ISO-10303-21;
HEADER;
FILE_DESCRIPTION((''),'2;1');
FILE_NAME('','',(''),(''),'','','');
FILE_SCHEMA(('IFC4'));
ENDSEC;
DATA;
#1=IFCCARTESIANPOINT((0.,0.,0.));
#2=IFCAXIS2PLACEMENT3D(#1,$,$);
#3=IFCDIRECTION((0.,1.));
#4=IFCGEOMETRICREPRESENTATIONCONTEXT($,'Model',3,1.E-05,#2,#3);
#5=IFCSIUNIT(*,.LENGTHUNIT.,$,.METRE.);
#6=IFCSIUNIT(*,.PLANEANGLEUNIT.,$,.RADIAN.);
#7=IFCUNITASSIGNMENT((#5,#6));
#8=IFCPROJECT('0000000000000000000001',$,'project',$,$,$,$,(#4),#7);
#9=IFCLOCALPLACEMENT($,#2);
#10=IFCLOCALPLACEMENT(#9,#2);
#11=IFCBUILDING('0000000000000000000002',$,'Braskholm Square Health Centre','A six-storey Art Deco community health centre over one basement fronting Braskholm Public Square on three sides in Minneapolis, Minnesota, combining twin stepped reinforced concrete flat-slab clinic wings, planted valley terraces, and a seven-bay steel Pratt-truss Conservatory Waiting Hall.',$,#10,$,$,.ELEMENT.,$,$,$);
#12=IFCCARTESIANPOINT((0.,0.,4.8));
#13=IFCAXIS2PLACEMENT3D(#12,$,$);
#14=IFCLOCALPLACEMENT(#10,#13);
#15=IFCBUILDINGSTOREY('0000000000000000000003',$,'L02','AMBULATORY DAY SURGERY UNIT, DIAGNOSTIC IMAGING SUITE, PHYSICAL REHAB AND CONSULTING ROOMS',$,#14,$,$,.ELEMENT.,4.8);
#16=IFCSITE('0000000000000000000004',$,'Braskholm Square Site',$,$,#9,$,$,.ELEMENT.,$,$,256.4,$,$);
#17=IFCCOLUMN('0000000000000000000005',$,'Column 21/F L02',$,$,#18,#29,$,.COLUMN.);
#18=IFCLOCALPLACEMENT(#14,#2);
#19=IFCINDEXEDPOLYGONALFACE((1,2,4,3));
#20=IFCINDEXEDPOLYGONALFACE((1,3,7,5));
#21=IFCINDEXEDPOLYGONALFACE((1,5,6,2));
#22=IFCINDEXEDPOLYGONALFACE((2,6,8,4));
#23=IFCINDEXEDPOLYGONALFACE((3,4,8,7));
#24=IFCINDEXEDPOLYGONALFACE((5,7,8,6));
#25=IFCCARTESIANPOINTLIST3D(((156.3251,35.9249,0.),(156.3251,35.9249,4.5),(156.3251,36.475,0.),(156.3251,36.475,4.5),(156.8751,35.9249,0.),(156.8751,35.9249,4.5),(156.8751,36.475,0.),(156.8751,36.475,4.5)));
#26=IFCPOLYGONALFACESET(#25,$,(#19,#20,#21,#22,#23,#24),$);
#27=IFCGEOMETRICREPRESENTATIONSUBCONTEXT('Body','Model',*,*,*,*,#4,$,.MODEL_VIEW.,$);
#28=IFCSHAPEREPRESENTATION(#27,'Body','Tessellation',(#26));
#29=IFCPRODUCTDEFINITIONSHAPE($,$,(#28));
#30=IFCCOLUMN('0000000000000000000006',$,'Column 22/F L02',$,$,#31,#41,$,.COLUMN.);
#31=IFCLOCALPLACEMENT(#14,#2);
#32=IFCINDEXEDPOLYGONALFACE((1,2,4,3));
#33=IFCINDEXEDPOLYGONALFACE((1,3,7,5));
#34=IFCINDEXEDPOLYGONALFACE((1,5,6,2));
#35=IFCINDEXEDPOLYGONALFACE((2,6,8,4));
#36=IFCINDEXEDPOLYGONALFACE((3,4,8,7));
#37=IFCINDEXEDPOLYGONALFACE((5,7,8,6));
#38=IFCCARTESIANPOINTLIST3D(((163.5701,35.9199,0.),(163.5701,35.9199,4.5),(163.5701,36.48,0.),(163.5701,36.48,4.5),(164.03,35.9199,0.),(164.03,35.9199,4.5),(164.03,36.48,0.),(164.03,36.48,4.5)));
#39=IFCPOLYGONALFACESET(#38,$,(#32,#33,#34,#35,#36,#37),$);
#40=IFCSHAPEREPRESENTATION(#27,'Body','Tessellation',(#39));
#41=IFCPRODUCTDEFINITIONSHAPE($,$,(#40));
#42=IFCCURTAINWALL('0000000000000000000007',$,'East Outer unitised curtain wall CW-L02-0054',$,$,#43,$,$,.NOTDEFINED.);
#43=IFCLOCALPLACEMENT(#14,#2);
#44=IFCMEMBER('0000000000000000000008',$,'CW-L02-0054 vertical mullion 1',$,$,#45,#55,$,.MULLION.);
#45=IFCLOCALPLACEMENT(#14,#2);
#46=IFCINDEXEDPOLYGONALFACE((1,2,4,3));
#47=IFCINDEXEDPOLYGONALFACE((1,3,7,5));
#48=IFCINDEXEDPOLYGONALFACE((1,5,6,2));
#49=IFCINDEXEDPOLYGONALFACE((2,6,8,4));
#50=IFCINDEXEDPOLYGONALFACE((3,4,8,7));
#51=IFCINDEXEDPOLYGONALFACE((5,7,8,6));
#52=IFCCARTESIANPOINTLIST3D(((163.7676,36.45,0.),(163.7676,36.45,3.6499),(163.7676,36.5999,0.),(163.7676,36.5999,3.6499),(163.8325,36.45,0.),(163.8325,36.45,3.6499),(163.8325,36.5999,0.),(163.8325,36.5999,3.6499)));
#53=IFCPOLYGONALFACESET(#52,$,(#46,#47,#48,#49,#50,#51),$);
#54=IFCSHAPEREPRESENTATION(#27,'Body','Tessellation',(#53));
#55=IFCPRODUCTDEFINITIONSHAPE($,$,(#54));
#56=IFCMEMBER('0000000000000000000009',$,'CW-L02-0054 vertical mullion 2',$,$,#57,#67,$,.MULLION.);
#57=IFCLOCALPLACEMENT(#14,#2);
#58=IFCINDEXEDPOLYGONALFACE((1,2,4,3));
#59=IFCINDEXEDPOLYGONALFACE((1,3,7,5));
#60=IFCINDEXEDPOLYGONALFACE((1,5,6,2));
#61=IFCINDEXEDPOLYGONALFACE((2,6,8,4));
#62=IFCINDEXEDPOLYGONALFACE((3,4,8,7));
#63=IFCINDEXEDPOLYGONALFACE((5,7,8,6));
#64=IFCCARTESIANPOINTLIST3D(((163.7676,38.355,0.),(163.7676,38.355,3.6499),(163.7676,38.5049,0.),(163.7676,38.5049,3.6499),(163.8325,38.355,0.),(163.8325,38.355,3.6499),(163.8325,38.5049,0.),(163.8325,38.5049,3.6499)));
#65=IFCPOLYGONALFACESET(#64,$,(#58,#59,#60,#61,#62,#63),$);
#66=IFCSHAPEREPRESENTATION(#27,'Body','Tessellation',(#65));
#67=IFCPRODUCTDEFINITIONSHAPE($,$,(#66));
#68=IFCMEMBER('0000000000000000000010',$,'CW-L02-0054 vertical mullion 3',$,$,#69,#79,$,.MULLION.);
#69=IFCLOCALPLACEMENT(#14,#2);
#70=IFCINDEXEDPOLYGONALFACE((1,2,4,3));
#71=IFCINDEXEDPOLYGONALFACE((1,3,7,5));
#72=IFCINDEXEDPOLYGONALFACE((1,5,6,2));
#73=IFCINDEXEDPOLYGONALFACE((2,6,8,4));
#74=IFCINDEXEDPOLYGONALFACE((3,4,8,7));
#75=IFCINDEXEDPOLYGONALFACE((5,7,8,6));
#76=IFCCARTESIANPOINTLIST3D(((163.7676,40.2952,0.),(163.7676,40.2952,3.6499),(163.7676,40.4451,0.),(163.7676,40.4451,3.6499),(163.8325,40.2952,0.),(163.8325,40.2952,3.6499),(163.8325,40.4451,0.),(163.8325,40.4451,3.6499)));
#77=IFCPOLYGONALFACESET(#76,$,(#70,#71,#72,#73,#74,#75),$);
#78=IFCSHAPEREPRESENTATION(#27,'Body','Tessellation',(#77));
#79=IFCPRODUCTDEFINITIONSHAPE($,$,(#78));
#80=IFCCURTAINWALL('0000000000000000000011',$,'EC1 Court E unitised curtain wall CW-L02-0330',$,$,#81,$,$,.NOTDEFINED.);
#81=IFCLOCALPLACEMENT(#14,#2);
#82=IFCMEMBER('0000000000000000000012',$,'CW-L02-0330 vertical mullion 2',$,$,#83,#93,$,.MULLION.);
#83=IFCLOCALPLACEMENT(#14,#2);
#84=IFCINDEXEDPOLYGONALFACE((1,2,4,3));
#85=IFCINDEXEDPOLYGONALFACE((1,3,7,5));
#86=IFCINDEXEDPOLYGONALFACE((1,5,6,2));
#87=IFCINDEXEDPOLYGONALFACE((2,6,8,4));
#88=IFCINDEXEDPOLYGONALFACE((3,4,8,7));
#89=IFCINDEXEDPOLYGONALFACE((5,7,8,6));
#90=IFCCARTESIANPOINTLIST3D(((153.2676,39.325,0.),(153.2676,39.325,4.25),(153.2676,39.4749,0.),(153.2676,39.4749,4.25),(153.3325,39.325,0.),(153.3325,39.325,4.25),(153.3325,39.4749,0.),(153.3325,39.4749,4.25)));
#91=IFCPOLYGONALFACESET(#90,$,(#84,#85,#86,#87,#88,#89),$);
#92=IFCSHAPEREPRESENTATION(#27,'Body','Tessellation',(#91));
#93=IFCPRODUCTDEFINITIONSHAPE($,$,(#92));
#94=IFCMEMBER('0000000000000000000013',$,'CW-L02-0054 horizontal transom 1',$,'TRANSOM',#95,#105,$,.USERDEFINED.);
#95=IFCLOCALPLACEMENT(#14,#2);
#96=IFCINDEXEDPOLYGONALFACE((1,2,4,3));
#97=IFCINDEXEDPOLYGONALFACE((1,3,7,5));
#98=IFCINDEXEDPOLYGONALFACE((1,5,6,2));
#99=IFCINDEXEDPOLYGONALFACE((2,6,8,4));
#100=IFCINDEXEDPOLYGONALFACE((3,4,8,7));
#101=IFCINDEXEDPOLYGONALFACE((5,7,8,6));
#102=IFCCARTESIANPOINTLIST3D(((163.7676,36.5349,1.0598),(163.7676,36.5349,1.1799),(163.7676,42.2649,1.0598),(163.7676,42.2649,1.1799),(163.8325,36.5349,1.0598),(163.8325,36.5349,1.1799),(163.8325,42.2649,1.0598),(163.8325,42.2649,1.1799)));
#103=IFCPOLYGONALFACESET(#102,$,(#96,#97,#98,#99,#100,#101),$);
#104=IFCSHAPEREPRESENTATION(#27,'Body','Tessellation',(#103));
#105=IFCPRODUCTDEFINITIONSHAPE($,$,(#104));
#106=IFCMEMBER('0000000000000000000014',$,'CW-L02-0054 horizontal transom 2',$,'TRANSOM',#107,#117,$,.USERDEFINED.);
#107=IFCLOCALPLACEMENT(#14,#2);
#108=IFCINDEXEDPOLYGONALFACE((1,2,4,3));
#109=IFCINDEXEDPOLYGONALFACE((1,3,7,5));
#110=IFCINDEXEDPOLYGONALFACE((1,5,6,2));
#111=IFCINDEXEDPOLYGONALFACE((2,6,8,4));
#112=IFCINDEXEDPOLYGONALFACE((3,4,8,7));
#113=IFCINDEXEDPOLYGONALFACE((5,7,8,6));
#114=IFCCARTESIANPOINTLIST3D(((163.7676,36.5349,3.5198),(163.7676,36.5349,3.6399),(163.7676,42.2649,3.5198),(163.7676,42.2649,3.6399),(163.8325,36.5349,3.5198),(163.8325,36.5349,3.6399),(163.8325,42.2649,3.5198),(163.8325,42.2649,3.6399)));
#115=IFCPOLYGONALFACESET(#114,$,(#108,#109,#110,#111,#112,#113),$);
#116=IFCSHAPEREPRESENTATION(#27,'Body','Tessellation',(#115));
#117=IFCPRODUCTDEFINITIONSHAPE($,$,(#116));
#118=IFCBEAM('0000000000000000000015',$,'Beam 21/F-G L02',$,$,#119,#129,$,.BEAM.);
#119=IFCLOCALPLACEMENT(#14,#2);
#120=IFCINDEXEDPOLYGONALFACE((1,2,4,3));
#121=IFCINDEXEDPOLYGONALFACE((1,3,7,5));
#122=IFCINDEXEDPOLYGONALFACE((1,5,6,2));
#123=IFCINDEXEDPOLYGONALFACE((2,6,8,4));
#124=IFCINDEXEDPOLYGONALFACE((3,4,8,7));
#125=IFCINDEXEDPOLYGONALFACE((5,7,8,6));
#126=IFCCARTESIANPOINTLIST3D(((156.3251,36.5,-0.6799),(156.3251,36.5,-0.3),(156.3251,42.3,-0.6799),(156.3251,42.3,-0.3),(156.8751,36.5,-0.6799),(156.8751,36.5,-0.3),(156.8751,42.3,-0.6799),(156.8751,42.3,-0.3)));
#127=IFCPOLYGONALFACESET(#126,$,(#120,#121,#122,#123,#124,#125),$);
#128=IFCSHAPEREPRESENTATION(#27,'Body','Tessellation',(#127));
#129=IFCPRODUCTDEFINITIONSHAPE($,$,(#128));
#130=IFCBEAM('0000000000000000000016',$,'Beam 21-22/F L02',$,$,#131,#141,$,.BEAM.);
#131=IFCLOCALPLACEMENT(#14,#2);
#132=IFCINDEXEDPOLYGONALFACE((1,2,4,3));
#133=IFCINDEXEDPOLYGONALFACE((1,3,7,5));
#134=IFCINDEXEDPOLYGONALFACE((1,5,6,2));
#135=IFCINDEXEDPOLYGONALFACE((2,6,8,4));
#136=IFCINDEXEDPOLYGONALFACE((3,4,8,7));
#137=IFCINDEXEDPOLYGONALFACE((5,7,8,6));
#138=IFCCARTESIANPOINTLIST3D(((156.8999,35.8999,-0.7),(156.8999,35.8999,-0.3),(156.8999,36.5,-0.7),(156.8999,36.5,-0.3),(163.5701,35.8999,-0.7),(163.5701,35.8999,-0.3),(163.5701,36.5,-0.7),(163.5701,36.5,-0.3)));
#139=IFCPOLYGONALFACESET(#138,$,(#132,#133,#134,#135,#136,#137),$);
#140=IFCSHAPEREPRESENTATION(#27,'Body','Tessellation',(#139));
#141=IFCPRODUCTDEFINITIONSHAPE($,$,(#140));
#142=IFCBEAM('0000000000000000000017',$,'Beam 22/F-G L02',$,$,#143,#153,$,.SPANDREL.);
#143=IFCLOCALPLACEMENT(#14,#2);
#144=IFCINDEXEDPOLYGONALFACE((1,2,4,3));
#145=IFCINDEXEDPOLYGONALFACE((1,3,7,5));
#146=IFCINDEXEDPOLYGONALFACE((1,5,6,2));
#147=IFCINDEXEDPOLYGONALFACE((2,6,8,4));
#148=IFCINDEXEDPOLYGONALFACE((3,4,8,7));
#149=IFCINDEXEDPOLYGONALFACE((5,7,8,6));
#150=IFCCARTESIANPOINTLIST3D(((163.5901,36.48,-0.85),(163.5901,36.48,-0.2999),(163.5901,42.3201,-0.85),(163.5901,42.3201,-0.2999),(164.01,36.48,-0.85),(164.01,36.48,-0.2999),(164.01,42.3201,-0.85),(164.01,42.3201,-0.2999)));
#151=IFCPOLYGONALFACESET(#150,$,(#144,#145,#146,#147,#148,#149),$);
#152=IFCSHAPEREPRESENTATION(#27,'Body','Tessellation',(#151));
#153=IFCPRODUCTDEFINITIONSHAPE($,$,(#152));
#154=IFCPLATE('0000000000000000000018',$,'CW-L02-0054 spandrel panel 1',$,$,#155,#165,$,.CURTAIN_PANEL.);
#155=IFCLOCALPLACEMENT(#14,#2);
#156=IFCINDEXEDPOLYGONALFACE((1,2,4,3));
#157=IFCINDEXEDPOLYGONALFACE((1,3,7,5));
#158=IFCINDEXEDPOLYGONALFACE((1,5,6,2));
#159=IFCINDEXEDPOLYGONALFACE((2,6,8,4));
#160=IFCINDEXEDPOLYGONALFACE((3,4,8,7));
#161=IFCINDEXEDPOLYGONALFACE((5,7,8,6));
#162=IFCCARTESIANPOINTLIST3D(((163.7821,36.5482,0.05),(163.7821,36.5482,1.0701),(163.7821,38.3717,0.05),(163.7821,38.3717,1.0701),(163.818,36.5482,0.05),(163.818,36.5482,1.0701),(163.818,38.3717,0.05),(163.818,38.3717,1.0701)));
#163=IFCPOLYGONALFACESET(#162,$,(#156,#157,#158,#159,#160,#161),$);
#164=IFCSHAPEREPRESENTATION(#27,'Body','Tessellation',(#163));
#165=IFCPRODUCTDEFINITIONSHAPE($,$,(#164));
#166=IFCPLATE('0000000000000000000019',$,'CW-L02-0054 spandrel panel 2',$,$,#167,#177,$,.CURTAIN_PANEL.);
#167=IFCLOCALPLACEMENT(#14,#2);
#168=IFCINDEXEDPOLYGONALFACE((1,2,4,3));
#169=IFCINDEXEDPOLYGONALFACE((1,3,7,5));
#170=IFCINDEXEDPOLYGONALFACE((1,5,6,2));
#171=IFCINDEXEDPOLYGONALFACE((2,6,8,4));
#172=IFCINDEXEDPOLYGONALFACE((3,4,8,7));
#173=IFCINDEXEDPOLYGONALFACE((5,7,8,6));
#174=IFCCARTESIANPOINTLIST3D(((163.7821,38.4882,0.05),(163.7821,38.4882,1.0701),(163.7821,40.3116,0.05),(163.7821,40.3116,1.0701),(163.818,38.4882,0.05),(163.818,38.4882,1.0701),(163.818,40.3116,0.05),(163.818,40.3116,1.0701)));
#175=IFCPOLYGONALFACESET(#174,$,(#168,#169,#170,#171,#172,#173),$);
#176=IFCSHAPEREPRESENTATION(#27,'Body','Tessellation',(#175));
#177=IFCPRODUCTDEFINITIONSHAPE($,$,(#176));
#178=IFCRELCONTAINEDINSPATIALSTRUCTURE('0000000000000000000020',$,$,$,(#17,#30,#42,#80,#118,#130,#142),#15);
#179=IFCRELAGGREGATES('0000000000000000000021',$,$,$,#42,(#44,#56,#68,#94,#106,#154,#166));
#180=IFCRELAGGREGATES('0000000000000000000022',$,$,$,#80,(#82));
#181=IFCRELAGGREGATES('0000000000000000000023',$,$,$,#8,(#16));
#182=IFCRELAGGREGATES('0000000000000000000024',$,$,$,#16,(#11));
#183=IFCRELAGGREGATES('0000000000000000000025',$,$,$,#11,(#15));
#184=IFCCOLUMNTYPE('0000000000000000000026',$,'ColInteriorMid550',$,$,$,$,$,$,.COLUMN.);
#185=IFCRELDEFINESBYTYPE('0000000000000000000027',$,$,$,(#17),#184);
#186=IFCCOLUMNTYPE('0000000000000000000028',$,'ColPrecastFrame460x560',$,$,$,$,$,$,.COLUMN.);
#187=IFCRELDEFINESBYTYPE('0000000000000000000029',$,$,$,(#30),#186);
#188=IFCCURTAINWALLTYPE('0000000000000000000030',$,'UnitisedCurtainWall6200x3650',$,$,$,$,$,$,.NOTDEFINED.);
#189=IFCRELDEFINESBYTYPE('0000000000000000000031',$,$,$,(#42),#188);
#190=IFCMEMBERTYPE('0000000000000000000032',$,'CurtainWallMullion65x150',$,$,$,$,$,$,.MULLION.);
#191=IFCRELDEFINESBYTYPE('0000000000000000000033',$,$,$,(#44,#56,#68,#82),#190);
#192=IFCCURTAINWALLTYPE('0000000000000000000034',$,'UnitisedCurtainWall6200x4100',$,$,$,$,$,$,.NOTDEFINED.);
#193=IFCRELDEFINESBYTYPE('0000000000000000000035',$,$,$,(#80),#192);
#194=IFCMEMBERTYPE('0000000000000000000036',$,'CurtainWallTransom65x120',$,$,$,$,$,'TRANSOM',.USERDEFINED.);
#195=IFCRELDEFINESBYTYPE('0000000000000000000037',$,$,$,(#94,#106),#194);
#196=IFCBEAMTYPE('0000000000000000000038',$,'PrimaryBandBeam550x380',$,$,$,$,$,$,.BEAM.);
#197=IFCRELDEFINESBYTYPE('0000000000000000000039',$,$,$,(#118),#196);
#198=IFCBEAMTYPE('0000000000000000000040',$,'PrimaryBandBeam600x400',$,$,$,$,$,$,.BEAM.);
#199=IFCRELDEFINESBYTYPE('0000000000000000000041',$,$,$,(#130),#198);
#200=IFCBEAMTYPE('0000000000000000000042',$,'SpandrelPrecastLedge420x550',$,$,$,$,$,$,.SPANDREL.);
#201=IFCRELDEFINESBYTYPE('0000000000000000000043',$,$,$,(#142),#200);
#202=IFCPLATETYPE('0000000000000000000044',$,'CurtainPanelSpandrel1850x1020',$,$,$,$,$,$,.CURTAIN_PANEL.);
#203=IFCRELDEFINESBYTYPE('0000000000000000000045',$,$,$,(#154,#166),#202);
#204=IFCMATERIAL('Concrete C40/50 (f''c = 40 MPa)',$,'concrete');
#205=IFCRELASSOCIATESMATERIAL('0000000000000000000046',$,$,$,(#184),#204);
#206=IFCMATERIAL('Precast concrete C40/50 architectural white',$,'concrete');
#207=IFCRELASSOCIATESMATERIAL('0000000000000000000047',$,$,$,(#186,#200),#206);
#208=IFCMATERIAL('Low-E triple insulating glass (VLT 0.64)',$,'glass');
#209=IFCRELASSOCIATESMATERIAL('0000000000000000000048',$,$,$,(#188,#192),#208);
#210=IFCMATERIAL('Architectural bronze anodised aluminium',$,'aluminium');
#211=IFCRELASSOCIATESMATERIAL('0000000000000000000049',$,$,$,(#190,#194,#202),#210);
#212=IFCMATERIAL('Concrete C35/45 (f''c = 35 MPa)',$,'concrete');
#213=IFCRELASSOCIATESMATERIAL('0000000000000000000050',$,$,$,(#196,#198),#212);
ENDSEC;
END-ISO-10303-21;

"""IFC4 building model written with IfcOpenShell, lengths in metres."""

from ifc_helpers import new_model, si_unit, direction, frame, origin, origin_2d, place, context, subcontext, project, spatial, rectangle, extrude, material, material_profile, profile_set, type_object, element, aggregate, save


model = new_model("IFC4")

# Units and contexts
model_context = context("Model", 3, precision=1e-05, world=origin(), true_north=direction((0.0, 1.0)))
body_context = subcontext(model_context, "Body", "Model", "MODEL_VIEW")
ifc_project = project(units=[si_unit("LENGTHUNIT", "METRE"), si_unit("PLANEANGLEUNIT", "RADIAN")], contexts=[model_context])

# Site, building, storey
site_placement = place(None, origin())
site = spatial("IfcSite", under=ifc_project, at=site_placement, Name="Braskholm Square Site", CompositionType="ELEMENT", RefElevation=256.4)
building_placement = place(site_placement, origin())
building = spatial("IfcBuilding", under=site, at=building_placement, Name="Braskholm Square Health Centre", Description="A six-storey Art Deco community health centre over one basement fronting Braskholm Public Square on three sides in Minneapolis, Minnesota, combining twin stepped reinforced concrete flat-slab clinic wings, planted valley terraces, and a seven-bay steel Pratt-truss Conservatory Waiting Hall.", CompositionType="ELEMENT")
storey_placement = place(building_placement, frame((0.0, 0.0, 4.8)))
storey = spatial("IfcBuildingStorey", under=building, at=storey_placement, Name="L02", Description="AMBULATORY DAY SURGERY UNIT, DIAGNOSTIC IMAGING SUITE, PHYSICAL REHAB AND CONSULTING ROOMS", CompositionType="ELEMENT", Elevation=4.8)

# Columns
ifc_material_1 = material(Name="Concrete C40/50 (f'c = 40 MPa)", Category="concrete")
ifc_material_profile_1 = material_profile(ifc_material_1, rectangle(XDim=0.55, YDim=0.55, at=origin_2d()), Name="RC-550X550")
ifc_profile_set_1 = profile_set([ifc_material_profile_1], Name="Concrete C40/50 (f'c = 40 MPa)")
column_type_1 = type_object("IfcColumnType", Name="ColInteriorMid550", PredefinedType="COLUMN", material=ifc_profile_set_1)
column_1_placement = place(storey_placement, frame((156.6001, 36.2, 0.0), z_axis=(0.0, 0.0, 1.0), x_axis=(1.0, 0.0, 0.0)))
element("IfcColumn", 1, at=column_1_placement, inside=storey, type_object=column_type_1, Name="Column 21/F L02", PredefinedType="COLUMN", context=body_context, shape_type="SweptSolid", body=[
    extrude(rectangle(XDim=0.55, YDim=0.55, at=origin_2d()), origin(), (0.0, 0.0, 1.0), 4.5),
])
ifc_material_2 = material(Name="Precast concrete C40/50 architectural white", Category="concrete")
ifc_material_profile_2 = material_profile(ifc_material_2, rectangle(XDim=0.46, YDim=0.5601, at=origin_2d()), Name="RC-460X560")
ifc_profile_set_2 = profile_set([ifc_material_profile_2], Name="Precast concrete C40/50 architectural white")
column_type_2 = type_object("IfcColumnType", Name="ColPrecastFrame460x560", PredefinedType="COLUMN", material=ifc_profile_set_2)
column_2_placement = place(storey_placement, frame((163.8, 36.2, 0.0), z_axis=(0.0, 0.0, 1.0), x_axis=(1.0, 0.0, 0.0)))
element("IfcColumn", 2, at=column_2_placement, inside=storey, type_object=column_type_2, Name="Column 22/F L02", PredefinedType="COLUMN", context=body_context, shape_type="SweptSolid", body=[
    extrude(rectangle(XDim=0.46, YDim=0.5601, at=origin_2d()), origin(), (0.0, 0.0, 1.0), 4.5),
])

# Curtain wall, members
ifc_material_3 = material(Name="Low-E triple insulating glass (VLT 0.64)", Category="glass")
curtain_wall_type_1 = type_object("IfcCurtainWallType", Name="UnitisedCurtainWall6200x3650", PredefinedType="NOTDEFINED", material=ifc_material_3)
curtain_wall_1_placement = place(storey_placement, origin())
curtain_wall_1 = element("IfcCurtainWall", 3, at=curtain_wall_1_placement, inside=storey, type_object=curtain_wall_type_1, Name="East Outer unitised curtain wall CW-L02-0054", PredefinedType="NOTDEFINED")
ifc_material_4 = material(Name="Architectural bronze anodised aluminium", Category="aluminium")
ifc_material_profile_3 = material_profile(ifc_material_4, rectangle(XDim=0.0649, YDim=0.1499, at=origin_2d()), Name="ALU-65X150")
ifc_profile_set_3 = profile_set([ifc_material_profile_3], Name="Architectural bronze anodised aluminium")
member_type_1 = type_object("IfcMemberType", Name="CurtainWallMullion65x150", PredefinedType="MULLION", material=ifc_profile_set_3)
member_1_placement = place(storey_placement, frame((163.8, 36.5249, 0.0), z_axis=(0.0, 0.0, 1.0), x_axis=(1.0, 0.0, 0.0)))
member_1 = element("IfcMember", 4, at=member_1_placement, type_object=member_type_1, Name="CW-L02-0054 vertical mullion 1", PredefinedType="MULLION", context=body_context, shape_type="SweptSolid", body=[
    extrude(rectangle(XDim=0.0649, YDim=0.1499, at=origin_2d()), origin(), (0.0, 0.0, 1.0), 3.6499),
])
member_2_placement = place(storey_placement, frame((163.8, 38.4299, 0.0), z_axis=(0.0, 0.0, 1.0), x_axis=(1.0, 0.0, 0.0)))
member_2 = element("IfcMember", 5, at=member_2_placement, type_object=member_type_1, Name="CW-L02-0054 vertical mullion 2", PredefinedType="MULLION", context=body_context, shape_type="SweptSolid", body=[
    extrude(rectangle(XDim=0.0649, YDim=0.1499, at=origin_2d()), origin(), (0.0, 0.0, 1.0), 3.6499),
])
member_3_placement = place(storey_placement, frame((163.8, 40.3701, 0.0), z_axis=(0.0, 0.0, 1.0), x_axis=(1.0, 0.0, 0.0)))
member_3 = element("IfcMember", 6, at=member_3_placement, type_object=member_type_1, Name="CW-L02-0054 vertical mullion 3", PredefinedType="MULLION", context=body_context, shape_type="SweptSolid", body=[
    extrude(rectangle(XDim=0.0649, YDim=0.1499, at=origin_2d()), origin(), (0.0, 0.0, 1.0), 3.6499),
])

# Curtain wall, member
curtain_wall_type_2 = type_object("IfcCurtainWallType", Name="UnitisedCurtainWall6200x4100", PredefinedType="NOTDEFINED", material=ifc_material_3)
curtain_wall_2_placement = place(storey_placement, origin())
curtain_wall_2 = element("IfcCurtainWall", 7, at=curtain_wall_2_placement, inside=storey, type_object=curtain_wall_type_2, Name="EC1 Court E unitised curtain wall CW-L02-0330", PredefinedType="NOTDEFINED")
member_4_placement = place(storey_placement, frame((153.3, 39.3999, 0.0), z_axis=(0.0, 0.0, 1.0), x_axis=(1.0, 0.0, 0.0)))
member_4 = element("IfcMember", 8, at=member_4_placement, type_object=member_type_1, Name="CW-L02-0330 vertical mullion 2", PredefinedType="MULLION", context=body_context, shape_type="SweptSolid", body=[
    extrude(rectangle(XDim=0.0649, YDim=0.1499, at=origin_2d()), origin(), (0.0, 0.0, 1.0), 4.25),
])

# Members
ifc_material_profile_4 = material_profile(ifc_material_4, rectangle(XDim=0.0649, YDim=0.1201, at=origin_2d()), Name="ALU-65X120")
ifc_profile_set_4 = profile_set([ifc_material_profile_4], Name="Architectural bronze anodised aluminium")
member_type_2 = type_object("IfcMemberType", Name="CurtainWallTransom65x120", ElementType="TRANSOM", PredefinedType="USERDEFINED", material=ifc_profile_set_4)
member_5_placement = place(storey_placement, frame((163.8, 36.5349, 1.1199), z_axis=(0.0, 1.0, 0.0), x_axis=(-1.0, 0.0, 0.0)))
member_5 = element("IfcMember", 9, at=member_5_placement, type_object=member_type_2, Name="CW-L02-0054 horizontal transom 1", ObjectType="TRANSOM", PredefinedType="USERDEFINED", context=body_context, shape_type="SweptSolid", body=[
    extrude(rectangle(XDim=0.0649, YDim=0.1201, at=origin_2d()), origin(), (0.0, 0.0, 1.0), 5.73),
])
member_6_placement = place(storey_placement, frame((163.8, 36.5349, 3.5798), z_axis=(0.0, 1.0, 0.0), x_axis=(-1.0, 0.0, 0.0)))
member_6 = element("IfcMember", 10, at=member_6_placement, type_object=member_type_2, Name="CW-L02-0054 horizontal transom 2", ObjectType="TRANSOM", PredefinedType="USERDEFINED", context=body_context, shape_type="SweptSolid", body=[
    extrude(rectangle(XDim=0.0649, YDim=0.1201, at=origin_2d()), origin(), (0.0, 0.0, 1.0), 5.73),
])

# Beams
ifc_material_5 = material(Name="Concrete C35/45 (f'c = 35 MPa)", Category="concrete")
ifc_material_profile_5 = material_profile(ifc_material_5, rectangle(XDim=0.55, YDim=0.3799, at=origin_2d()), Name="RCB-550X380")
ifc_profile_set_5 = profile_set([ifc_material_profile_5], Name="Concrete C35/45 (f'c = 35 MPa)")
beam_type_1 = type_object("IfcBeamType", Name="PrimaryBandBeam550x380", PredefinedType="BEAM", material=ifc_profile_set_5)
beam_1_placement = place(storey_placement, frame((156.6001, 36.5, -0.49), z_axis=(0.0, 1.0, 0.0), x_axis=(-1.0, 0.0, 0.0)))
element("IfcBeam", 11, at=beam_1_placement, inside=storey, type_object=beam_type_1, Name="Beam 21/F-G L02", PredefinedType="BEAM", context=body_context, shape_type="SweptSolid", body=[
    extrude(rectangle(XDim=0.55, YDim=0.3799, at=origin_2d()), origin(), (0.0, 0.0, 1.0), 5.8),
])
ifc_material_profile_6 = material_profile(ifc_material_5, rectangle(XDim=0.6001, YDim=0.3999, at=origin_2d()), Name="RCB-600X400")
ifc_profile_set_6 = profile_set([ifc_material_profile_6], Name="Concrete C35/45 (f'c = 35 MPa)")
beam_type_2 = type_object("IfcBeamType", Name="PrimaryBandBeam600x400", PredefinedType="BEAM", material=ifc_profile_set_6)
beam_2_placement = place(storey_placement, frame((156.8999, 36.2, -0.5), z_axis=(1.0, 0.0, 0.0), x_axis=(0.0, 1.0, 0.0)))
element("IfcBeam", 12, at=beam_2_placement, inside=storey, type_object=beam_type_2, Name="Beam 21-22/F L02", PredefinedType="BEAM", context=body_context, shape_type="SweptSolid", body=[
    extrude(rectangle(XDim=0.6001, YDim=0.3999, at=origin_2d()), origin(), (0.0, 0.0, 1.0), 6.6702),
])
ifc_material_profile_7 = material_profile(ifc_material_2, rectangle(XDim=0.4199, YDim=0.55, at=origin_2d()), Name="RCB-420X550")
ifc_profile_set_7 = profile_set([ifc_material_profile_7], Name="Precast concrete C40/50 architectural white")
beam_type_3 = type_object("IfcBeamType", Name="SpandrelPrecastLedge420x550", PredefinedType="SPANDREL", material=ifc_profile_set_7)
beam_3_placement = place(storey_placement, frame((163.8, 36.48, -0.575), z_axis=(0.0, 1.0, 0.0), x_axis=(-1.0, 0.0, 0.0)))
element("IfcBeam", 13, at=beam_3_placement, inside=storey, type_object=beam_type_3, Name="Beam 22/F-G L02", PredefinedType="SPANDREL", context=body_context, shape_type="SweptSolid", body=[
    extrude(rectangle(XDim=0.4199, YDim=0.55, at=origin_2d()), origin(), (0.0, 0.0, 1.0), 5.8401),
])

# Plates
plate_type_1 = type_object("IfcPlateType", Name="CurtainPanelSpandrel1850x1020", PredefinedType="CURTAIN_PANEL", material=ifc_material_4)
plate_1_placement = place(storey_placement, frame((163.8, 37.46, 0.05), z_axis=(0.0, 0.0, 1.0), x_axis=(0.0, 1.0, 0.0)))
plate_1 = element("IfcPlate", 14, at=plate_1_placement, type_object=plate_type_1, Name="CW-L02-0054 spandrel panel 1", PredefinedType="CURTAIN_PANEL", context=body_context, shape_type="SweptSolid", body=[
    extrude(rectangle(XDim=1.8235, YDim=0.0359, at=origin_2d()), origin(), (0.0, 0.0, 1.0), 1.02),
])
plate_2_placement = place(storey_placement, frame((163.8, 39.3999, 0.05), z_axis=(0.0, 0.0, 1.0), x_axis=(0.0, 1.0, 0.0)))
plate_2 = element("IfcPlate", 15, at=plate_2_placement, type_object=plate_type_1, Name="CW-L02-0054 spandrel panel 2", PredefinedType="CURTAIN_PANEL", context=body_context, shape_type="SweptSolid", body=[
    extrude(rectangle(XDim=1.8235, YDim=0.0359, at=origin_2d()), origin(), (0.0, 0.0, 1.0), 1.02),
])
aggregate(curtain_wall_1, [member_1, member_2, member_3, member_5, member_6, plate_1, plate_2])
aggregate(curtain_wall_2, [member_4])

save(model, "model.ifc")
